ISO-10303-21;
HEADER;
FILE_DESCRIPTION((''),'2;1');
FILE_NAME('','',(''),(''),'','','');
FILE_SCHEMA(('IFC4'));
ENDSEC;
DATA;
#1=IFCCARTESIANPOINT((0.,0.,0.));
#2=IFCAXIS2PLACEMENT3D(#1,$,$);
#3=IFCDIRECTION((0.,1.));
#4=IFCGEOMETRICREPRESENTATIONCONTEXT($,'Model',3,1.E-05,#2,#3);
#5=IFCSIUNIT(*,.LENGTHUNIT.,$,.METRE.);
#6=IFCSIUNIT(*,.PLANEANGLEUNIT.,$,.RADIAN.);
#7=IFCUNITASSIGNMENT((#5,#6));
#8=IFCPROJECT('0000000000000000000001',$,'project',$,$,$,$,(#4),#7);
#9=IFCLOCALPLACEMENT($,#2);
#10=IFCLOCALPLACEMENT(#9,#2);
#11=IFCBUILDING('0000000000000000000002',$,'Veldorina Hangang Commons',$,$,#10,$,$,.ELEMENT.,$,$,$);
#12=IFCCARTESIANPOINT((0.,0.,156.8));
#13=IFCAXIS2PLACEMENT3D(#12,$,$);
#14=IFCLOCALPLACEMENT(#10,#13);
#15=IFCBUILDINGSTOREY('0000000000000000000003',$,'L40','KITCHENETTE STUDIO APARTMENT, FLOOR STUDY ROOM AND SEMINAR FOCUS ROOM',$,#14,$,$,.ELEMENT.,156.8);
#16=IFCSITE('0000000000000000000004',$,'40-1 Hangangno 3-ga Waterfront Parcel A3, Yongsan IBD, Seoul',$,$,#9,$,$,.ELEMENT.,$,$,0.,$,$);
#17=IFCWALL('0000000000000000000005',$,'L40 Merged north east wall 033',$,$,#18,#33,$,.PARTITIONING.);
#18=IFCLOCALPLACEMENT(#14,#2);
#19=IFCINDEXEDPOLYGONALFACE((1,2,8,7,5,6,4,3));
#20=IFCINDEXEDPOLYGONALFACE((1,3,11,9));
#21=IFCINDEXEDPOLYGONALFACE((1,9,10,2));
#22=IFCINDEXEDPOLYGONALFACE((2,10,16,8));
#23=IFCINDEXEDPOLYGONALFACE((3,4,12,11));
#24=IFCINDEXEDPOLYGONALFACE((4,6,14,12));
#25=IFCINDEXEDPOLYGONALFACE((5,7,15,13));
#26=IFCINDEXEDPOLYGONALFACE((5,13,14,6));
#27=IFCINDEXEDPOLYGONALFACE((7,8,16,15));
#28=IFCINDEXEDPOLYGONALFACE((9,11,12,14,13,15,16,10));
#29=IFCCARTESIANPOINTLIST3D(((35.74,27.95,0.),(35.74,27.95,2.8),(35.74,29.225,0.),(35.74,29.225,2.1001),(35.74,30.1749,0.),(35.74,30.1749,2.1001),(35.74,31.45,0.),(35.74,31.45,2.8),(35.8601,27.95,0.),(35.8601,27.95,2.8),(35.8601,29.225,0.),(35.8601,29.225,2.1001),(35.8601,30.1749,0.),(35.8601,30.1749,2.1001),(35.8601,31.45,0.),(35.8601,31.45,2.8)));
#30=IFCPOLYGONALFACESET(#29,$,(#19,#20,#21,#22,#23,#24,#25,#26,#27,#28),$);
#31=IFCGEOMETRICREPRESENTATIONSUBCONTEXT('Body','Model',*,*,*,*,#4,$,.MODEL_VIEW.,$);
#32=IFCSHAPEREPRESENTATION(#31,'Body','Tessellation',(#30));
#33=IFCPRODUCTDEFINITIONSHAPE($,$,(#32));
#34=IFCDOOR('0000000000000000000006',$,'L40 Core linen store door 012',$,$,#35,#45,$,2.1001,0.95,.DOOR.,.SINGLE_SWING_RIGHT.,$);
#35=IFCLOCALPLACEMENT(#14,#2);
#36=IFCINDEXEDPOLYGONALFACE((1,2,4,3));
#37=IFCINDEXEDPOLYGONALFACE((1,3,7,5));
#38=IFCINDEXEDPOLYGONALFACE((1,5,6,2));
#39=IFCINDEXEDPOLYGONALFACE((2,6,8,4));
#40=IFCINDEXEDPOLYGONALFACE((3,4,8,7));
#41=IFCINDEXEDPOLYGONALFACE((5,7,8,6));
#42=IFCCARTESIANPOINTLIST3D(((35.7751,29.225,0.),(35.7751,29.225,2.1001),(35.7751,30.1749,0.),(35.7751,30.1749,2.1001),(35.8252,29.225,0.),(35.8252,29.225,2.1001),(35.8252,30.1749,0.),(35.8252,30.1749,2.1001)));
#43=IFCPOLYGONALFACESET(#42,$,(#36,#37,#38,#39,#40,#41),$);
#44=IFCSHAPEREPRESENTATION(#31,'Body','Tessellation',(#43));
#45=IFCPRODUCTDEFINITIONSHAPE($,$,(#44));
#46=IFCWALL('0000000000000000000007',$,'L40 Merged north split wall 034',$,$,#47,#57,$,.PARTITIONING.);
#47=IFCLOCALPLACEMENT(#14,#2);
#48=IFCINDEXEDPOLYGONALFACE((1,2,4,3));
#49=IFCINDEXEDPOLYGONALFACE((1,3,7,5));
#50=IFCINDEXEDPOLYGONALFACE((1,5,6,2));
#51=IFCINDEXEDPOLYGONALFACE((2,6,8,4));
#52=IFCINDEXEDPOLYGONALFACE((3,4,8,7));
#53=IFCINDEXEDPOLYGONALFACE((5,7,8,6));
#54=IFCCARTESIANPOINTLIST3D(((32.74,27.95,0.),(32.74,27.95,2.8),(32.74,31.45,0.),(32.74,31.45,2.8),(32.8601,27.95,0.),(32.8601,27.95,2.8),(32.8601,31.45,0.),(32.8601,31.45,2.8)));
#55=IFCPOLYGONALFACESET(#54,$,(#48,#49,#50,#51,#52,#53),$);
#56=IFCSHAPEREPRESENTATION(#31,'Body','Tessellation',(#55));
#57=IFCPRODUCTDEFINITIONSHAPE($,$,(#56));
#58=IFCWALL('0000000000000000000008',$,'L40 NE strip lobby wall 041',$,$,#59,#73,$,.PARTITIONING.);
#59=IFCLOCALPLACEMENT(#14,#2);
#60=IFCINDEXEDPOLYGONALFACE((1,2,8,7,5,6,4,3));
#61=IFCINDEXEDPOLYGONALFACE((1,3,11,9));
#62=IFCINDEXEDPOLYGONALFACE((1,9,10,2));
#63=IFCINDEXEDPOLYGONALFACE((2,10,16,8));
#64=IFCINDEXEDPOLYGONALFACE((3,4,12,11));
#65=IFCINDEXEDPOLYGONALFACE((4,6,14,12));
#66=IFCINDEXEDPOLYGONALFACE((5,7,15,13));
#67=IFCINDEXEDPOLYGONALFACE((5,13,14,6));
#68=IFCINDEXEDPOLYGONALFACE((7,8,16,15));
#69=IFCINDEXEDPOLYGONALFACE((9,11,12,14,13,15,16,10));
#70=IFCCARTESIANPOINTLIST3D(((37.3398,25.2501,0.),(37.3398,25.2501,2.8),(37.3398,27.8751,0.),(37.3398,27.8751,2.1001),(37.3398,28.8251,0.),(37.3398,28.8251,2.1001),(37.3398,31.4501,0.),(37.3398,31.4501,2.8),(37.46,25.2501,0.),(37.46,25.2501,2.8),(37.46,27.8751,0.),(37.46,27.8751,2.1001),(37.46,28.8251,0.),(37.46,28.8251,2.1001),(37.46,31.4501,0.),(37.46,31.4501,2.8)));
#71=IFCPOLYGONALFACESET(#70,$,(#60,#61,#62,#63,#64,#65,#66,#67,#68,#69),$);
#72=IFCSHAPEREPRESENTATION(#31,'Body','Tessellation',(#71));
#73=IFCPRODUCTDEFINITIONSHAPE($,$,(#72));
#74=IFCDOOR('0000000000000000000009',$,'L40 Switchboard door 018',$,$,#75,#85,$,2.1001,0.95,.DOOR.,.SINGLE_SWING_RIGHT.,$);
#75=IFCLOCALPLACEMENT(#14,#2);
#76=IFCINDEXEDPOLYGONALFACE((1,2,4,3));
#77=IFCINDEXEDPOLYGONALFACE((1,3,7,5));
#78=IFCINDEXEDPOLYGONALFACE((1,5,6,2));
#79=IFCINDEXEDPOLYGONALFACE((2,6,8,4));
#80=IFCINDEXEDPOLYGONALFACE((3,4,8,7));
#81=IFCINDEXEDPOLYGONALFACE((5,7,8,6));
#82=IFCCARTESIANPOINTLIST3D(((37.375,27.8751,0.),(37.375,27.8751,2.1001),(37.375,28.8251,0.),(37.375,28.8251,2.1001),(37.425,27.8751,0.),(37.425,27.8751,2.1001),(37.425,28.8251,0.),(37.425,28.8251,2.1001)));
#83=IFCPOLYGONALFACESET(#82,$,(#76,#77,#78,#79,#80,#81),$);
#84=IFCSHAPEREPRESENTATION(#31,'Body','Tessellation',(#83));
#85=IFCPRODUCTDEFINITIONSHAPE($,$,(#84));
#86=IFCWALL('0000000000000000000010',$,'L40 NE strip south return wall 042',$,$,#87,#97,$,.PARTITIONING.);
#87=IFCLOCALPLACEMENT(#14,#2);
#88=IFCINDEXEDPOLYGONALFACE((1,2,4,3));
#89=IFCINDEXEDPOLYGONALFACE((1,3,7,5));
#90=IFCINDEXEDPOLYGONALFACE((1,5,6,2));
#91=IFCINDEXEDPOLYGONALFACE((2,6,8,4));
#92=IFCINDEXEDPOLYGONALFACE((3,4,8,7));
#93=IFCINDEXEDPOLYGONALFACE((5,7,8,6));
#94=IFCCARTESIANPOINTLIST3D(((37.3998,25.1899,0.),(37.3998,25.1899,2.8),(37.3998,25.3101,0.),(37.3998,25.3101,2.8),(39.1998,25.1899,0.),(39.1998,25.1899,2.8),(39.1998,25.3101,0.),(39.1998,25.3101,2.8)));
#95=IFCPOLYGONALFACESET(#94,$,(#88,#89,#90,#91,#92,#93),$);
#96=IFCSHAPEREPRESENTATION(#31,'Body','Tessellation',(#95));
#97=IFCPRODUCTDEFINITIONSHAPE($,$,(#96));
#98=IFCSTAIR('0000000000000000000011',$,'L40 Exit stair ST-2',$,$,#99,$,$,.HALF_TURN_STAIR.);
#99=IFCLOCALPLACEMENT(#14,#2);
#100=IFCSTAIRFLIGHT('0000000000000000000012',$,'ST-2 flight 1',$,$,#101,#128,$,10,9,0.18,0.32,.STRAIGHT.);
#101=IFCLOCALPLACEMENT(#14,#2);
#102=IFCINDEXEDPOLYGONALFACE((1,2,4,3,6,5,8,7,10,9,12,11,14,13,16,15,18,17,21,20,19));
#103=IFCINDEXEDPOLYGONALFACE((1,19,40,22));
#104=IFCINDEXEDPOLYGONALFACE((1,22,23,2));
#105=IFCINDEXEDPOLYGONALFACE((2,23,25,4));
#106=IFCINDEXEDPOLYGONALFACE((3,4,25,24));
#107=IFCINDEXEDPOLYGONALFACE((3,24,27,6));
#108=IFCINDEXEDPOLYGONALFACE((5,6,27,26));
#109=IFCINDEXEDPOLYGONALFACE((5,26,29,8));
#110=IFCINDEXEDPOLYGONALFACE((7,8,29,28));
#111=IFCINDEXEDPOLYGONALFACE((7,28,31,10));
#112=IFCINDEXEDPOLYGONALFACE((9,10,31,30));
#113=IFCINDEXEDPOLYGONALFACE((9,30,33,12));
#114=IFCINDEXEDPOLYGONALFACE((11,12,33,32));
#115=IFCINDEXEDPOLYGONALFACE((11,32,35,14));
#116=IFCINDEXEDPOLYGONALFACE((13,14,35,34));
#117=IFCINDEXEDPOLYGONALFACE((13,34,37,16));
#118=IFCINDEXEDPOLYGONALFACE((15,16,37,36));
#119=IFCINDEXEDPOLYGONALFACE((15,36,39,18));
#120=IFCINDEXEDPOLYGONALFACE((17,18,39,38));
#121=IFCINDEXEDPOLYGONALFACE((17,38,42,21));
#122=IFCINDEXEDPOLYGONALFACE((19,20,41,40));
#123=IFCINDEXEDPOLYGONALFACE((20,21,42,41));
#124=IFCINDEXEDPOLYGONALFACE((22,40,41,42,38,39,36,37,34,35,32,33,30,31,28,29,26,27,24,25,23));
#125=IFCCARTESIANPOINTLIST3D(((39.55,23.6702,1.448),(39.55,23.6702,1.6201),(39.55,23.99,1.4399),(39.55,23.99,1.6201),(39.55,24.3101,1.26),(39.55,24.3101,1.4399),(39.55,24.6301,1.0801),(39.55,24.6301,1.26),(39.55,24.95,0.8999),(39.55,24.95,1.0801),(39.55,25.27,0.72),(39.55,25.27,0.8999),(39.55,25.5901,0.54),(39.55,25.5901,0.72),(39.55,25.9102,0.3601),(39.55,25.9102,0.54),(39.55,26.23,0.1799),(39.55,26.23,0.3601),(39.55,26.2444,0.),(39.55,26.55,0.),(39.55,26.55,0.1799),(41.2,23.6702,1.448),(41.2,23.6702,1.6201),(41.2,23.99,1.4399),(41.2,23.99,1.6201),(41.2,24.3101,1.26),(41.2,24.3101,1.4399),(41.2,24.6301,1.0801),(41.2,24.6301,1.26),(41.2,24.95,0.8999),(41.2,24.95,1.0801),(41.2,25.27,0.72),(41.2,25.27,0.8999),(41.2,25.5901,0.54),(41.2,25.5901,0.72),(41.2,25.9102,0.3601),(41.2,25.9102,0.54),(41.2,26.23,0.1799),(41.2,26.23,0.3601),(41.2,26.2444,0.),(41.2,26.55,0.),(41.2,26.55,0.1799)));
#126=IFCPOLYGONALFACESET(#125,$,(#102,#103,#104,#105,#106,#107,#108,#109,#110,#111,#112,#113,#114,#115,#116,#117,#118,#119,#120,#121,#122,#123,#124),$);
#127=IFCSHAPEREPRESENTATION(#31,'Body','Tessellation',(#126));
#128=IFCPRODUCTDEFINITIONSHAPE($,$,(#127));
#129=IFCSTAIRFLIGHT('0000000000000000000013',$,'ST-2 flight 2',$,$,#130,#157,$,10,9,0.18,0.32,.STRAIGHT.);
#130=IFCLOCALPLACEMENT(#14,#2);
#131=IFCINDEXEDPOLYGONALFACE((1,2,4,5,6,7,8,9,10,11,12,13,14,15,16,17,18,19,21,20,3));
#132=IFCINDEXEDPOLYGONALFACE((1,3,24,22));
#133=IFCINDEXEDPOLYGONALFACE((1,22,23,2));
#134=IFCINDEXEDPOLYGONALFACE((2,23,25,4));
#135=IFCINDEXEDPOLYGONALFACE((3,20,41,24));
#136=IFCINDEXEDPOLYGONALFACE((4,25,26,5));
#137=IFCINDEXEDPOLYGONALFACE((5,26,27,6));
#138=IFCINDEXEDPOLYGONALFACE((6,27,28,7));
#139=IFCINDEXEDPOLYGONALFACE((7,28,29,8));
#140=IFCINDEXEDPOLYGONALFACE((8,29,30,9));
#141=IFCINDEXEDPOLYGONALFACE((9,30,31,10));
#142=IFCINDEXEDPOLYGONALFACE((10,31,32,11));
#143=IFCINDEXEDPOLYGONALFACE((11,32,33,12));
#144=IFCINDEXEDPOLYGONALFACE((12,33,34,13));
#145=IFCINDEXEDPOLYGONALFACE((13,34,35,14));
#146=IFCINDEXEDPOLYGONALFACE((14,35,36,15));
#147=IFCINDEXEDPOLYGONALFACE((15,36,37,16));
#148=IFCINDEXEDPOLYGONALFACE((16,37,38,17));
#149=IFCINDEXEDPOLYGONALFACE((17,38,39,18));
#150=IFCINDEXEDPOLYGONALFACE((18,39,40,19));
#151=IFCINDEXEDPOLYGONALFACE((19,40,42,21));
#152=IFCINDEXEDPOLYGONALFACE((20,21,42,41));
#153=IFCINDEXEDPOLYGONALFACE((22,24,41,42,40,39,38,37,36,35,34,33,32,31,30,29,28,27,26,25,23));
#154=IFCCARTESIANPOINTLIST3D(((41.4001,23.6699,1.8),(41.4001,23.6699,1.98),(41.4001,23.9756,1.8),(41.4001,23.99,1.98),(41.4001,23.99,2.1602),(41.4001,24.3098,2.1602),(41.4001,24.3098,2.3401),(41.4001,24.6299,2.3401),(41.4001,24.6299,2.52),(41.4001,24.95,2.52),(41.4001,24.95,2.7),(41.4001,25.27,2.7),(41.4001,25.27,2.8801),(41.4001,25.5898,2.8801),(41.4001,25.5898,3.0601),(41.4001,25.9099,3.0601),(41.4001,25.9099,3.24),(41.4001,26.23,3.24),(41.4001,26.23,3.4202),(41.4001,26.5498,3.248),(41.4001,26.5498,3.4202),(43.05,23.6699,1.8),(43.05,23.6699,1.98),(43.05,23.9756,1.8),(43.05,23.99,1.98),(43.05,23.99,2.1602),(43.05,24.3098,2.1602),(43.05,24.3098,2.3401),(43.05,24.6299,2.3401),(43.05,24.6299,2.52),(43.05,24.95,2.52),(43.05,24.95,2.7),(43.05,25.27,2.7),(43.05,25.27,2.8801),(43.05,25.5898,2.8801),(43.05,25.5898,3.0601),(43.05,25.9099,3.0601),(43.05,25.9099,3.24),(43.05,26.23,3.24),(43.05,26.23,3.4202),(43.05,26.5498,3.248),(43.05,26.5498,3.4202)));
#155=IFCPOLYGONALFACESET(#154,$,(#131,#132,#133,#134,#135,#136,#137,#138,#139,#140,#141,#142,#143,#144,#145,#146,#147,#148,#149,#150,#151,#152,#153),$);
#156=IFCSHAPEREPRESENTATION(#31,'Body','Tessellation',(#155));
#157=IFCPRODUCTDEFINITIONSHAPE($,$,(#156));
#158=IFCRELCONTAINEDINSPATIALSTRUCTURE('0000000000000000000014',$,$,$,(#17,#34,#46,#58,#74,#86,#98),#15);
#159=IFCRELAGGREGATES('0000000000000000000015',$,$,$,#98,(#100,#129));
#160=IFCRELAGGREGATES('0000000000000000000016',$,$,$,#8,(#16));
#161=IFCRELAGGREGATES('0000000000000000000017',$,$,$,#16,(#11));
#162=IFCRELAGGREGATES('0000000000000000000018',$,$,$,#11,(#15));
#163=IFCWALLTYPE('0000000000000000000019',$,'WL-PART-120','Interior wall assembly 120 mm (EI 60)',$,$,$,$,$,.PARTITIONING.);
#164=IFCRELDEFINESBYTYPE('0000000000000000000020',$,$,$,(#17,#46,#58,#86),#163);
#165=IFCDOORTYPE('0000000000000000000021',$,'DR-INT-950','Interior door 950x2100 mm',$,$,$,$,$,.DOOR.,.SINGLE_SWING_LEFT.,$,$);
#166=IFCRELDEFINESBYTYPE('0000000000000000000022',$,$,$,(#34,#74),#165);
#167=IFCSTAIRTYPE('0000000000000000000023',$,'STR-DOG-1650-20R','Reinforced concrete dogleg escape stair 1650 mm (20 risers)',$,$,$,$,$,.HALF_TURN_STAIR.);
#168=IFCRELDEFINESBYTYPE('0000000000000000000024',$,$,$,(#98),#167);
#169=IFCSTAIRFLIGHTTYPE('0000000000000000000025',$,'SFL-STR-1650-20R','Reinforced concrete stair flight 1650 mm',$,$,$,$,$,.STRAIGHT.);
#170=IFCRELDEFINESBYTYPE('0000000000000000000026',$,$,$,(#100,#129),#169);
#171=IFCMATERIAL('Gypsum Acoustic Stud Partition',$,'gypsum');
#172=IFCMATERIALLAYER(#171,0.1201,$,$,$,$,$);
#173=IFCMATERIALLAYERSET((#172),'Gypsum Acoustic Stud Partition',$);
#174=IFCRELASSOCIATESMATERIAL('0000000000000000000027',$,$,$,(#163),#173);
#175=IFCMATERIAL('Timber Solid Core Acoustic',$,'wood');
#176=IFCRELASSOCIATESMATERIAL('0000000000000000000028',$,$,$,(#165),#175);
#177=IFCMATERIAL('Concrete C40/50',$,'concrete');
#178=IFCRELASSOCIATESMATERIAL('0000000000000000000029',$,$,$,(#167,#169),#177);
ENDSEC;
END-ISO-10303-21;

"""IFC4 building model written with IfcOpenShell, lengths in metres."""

from ifc_helpers import new_model, si_unit, direction, frame, frame_2d, origin, place, context, subcontext, project, spatial, polyline, rectangle, outline, extrude, material, layer, layer_set, type_object, element, fill, aggregate, save


model = new_model("IFC4")

# Units and contexts
model_context = context("Model", 3, precision=1e-05, world=origin(), true_north=direction((0.0, 1.0)))
body_context = subcontext(model_context, "Body", "Model", "MODEL_VIEW")
ifc_project = project(units=[si_unit("LENGTHUNIT", "METRE"), si_unit("PLANEANGLEUNIT", "RADIAN")], contexts=[model_context])

# Site, building, storey
site_placement = place(None, origin())
site = spatial("IfcSite", under=ifc_project, at=site_placement, Name="40-1 Hangangno 3-ga Waterfront Parcel A3, Yongsan IBD, Seoul", CompositionType="ELEMENT", RefElevation=0.0)
building_placement = place(site_placement, origin())
building = spatial("IfcBuilding", under=site, at=building_placement, Name="Veldorina Hangang Commons", CompositionType="ELEMENT")
storey_placement = place(building_placement, frame((0.0, 0.0, 156.8)))
storey = spatial("IfcBuildingStorey", under=building, at=storey_placement, Name="L40", Description="KITCHENETTE STUDIO APARTMENT, FLOOR STUDY ROOM AND SEMINAR FOCUS ROOM", CompositionType="ELEMENT", Elevation=156.8)

# Wall, opening, door
ifc_material_1 = material(Name="Gypsum Acoustic Stud Partition", Category="gypsum")
ifc_layer_1 = layer(ifc_material_1, 0.1201)
ifc_layer_set_1 = layer_set([ifc_layer_1], Name="Gypsum Acoustic Stud Partition")
wall_type_1 = type_object("IfcWallType", Name="WL-PART-120", Description="Interior wall assembly 120 mm (EI 60)", PredefinedType="PARTITIONING", material=ifc_layer_set_1)
wall_1_placement = place(storey_placement, frame((35.8, 27.95, 0.0), z_axis=(0.0, 0.0, 1.0), x_axis=(0.0, 1.0, 0.0)))
wall_1 = element("IfcWall", 1, at=wall_1_placement, inside=storey, type_object=wall_type_1, Name="L40 Merged north east wall 033", PredefinedType="PARTITIONING", context=body_context, shape_type="SweptSolid", body=[
    extrude(rectangle(XDim=3.5, YDim=0.1201, at=frame_2d((1.75, 0.0))), origin(), (0.0, 0.0, 1.0), 2.8),
])
opening_1_placement = place(wall_1_placement, frame((1.2749, 0.0, 0.0)))
opening_1 = element("IfcOpeningElement", 2, at=opening_1_placement, cuts=wall_1, PredefinedType="OPENING", context=body_context, shape_type="SweptSolid", body=[
    extrude(rectangle(XDim=0.95, YDim=2.1001, at=frame_2d((0.4751, 1.05))), frame((0.0, 0.0701, 0.0), z_axis=(0.0, -1.0, 0.0), x_axis=(1.0, 0.0, 0.0)), (0.0, 0.0, 1.0), 0.1401),
])
ifc_material_2 = material(Name="Timber Solid Core Acoustic", Category="wood")
door_type_1 = type_object("IfcDoorType", Name="DR-INT-950", Description="Interior door 950x2100 mm", OperationType="SINGLE_SWING_LEFT", PredefinedType="DOOR", material=ifc_material_2)
door_1_placement = place(opening_1_placement, origin())
door_1 = element("IfcDoor", 3, at=door_1_placement, inside=storey, type_object=door_type_1, Name="L40 Core linen store door 012", OperationType="SINGLE_SWING_RIGHT", OverallHeight=2.1001, OverallWidth=0.95, PredefinedType="DOOR", context=body_context, shape_type="SweptSolid", body=[
    extrude(rectangle(XDim=0.95, YDim=2.1001, at=frame_2d((0.4751, 1.05))), frame((0.0, 0.0249, 0.0), z_axis=(0.0, -1.0, 0.0), x_axis=(1.0, 0.0, 0.0)), (0.0, 0.0, 1.0), 0.05),
])
fill(opening_1, door_1)

# Wall
wall_2_placement = place(storey_placement, frame((32.8, 27.95, 0.0), z_axis=(0.0, 0.0, 1.0), x_axis=(0.0, 1.0, 0.0)))
element("IfcWall", 4, at=wall_2_placement, inside=storey, type_object=wall_type_1, Name="L40 Merged north split wall 034", PredefinedType="PARTITIONING", context=body_context, shape_type="SweptSolid", body=[
    extrude(rectangle(XDim=3.5, YDim=0.1201, at=frame_2d((1.75, 0.0))), origin(), (0.0, 0.0, 1.0), 2.8),
])

# Wall, opening, door
wall_3_placement = place(storey_placement, frame((37.3999, 25.25, 0.0), z_axis=(0.0, 0.0, 1.0), x_axis=(0.0, 1.0, 0.0)))
wall_3 = element("IfcWall", 5, at=wall_3_placement, inside=storey, type_object=wall_type_1, Name="L40 NE strip lobby wall 041", PredefinedType="PARTITIONING", context=body_context, shape_type="SweptSolid", body=[
    extrude(rectangle(XDim=6.2, YDim=0.1201, at=frame_2d((3.1001, 0.0))), origin(), (0.0, 0.0, 1.0), 2.8),
])
opening_2_placement = place(wall_3_placement, frame((2.625, 0.0, 0.0)))
opening_2 = element("IfcOpeningElement", 6, at=opening_2_placement, cuts=wall_3, PredefinedType="OPENING", context=body_context, shape_type="SweptSolid", body=[
    extrude(rectangle(XDim=0.95, YDim=2.1001, at=frame_2d((0.4751, 1.05))), frame((0.0, 0.0701, 0.0), z_axis=(0.0, -1.0, 0.0), x_axis=(1.0, 0.0, 0.0)), (0.0, 0.0, 1.0), 0.1401),
])
door_2_placement = place(opening_2_placement, origin())
door_2 = element("IfcDoor", 7, at=door_2_placement, inside=storey, type_object=door_type_1, Name="L40 Switchboard door 018", OperationType="SINGLE_SWING_RIGHT", OverallHeight=2.1001, OverallWidth=0.95, PredefinedType="DOOR", context=body_context, shape_type="SweptSolid", body=[
    extrude(rectangle(XDim=0.95, YDim=2.1001, at=frame_2d((0.4751, 1.05))), frame((0.0, 0.0249, 0.0), z_axis=(0.0, -1.0, 0.0), x_axis=(1.0, 0.0, 0.0)), (0.0, 0.0, 1.0), 0.05),
])
fill(opening_2, door_2)

# Wall
wall_4_placement = place(storey_placement, frame((37.3999, 25.25, 0.0), z_axis=(0.0, 0.0, 1.0), x_axis=(1.0, 0.0, 0.0)))
element("IfcWall", 8, at=wall_4_placement, inside=storey, type_object=wall_type_1, Name="L40 NE strip south return wall 042", PredefinedType="PARTITIONING", context=body_context, shape_type="SweptSolid", body=[
    extrude(rectangle(XDim=1.8, YDim=0.1201, at=frame_2d((0.8999, 0.0))), origin(), (0.0, 0.0, 1.0), 2.8),
])

# Stair, stair flights
ifc_material_3 = material(Name="Concrete C40/50", Category="concrete")
stair_type = type_object("IfcStairType", Name="STR-DOG-1650-20R", Description="Reinforced concrete dogleg escape stair 1650 mm (20 risers)", PredefinedType="HALF_TURN_STAIR", material=ifc_material_3)
stair_placement = place(storey_placement, origin())
stair = element("IfcStair", 9, at=stair_placement, inside=storey, type_object=stair_type, Name="L40 Exit stair ST-2", PredefinedType="HALF_TURN_STAIR")
stair_flight_type = type_object("IfcStairFlightType", Name="SFL-STR-1650-20R", Description="Reinforced concrete stair flight 1650 mm", PredefinedType="STRAIGHT", material=ifc_material_3)
stair_flight_1_placement = place(storey_placement, frame((40.375, 26.55, 0.0), z_axis=(0.0, 0.0, 1.0), x_axis=(0.0, -1.0, 0.0)))
stair_flight_1 = element("IfcStairFlight", 10, at=stair_flight_1_placement, type_object=stair_flight_type, Name="ST-2 flight 1", NumberOfRisers=10, NumberOfTreads=9, PredefinedType="STRAIGHT", RiserHeight=0.18, TreadLength=0.32, context=body_context, shape_type="SweptSolid", body=[
    extrude(outline(polyline([(0.0, 0.0), (0.0, 0.1799), (0.3201, 0.1799), (0.3201, 0.3601), (0.6399, 0.3601), (0.6399, 0.54), (0.96, 0.54), (0.96, 0.72), (1.28, 0.72), (1.28, 0.8999), (1.6001, 0.8999), (1.6001, 1.0801), (1.9199, 1.0801), (1.9199, 1.26), (2.24, 1.26), (2.24, 1.4399), (2.5601, 1.4399), (2.5601, 1.6201), (2.8799, 1.6201), (2.8799, 1.8), (2.8799, 1.448), (0.3057, 0.0), (0.0, 0.0)])), frame((0.0, 0.825, 0.0), z_axis=(0.0, -1.0, 0.0), x_axis=(1.0, 0.0, 0.0)), (0.0, 0.0, 1.0), 1.6499),
])
stair_flight_2_placement = place(storey_placement, frame((42.2251, 23.6699, 1.8), z_axis=(0.0, 0.0, 1.0), x_axis=(0.0, 1.0, 0.0)))
stair_flight_2 = element("IfcStairFlight", 11, at=stair_flight_2_placement, type_object=stair_flight_type, Name="ST-2 flight 2", NumberOfRisers=10, NumberOfTreads=9, PredefinedType="STRAIGHT", RiserHeight=0.18, TreadLength=0.32, context=body_context, shape_type="SweptSolid", body=[
    extrude(outline(polyline([(0.0, 0.0), (0.0, 0.1799), (0.3201, 0.1799), (0.3201, 0.3601), (0.6399, 0.3601), (0.6399, 0.54), (0.96, 0.54), (0.96, 0.72), (1.28, 0.72), (1.28, 0.8999), (1.6001, 0.8999), (1.6001, 1.0801), (1.9199, 1.0801), (1.9199, 1.26), (2.24, 1.26), (2.24, 1.4399), (2.5601, 1.4399), (2.5601, 1.6201), (2.8799, 1.6201), (2.8799, 1.8), (2.8799, 1.448), (0.3057, 0.0), (0.0, 0.0)])), frame((0.0, 0.825, 0.0), z_axis=(0.0, -1.0, 0.0), x_axis=(1.0, 0.0, 0.0)), (0.0, 0.0, 1.0), 1.6499),
])
aggregate(stair, [stair_flight_1, stair_flight_2])

save(model, "model.ifc")
